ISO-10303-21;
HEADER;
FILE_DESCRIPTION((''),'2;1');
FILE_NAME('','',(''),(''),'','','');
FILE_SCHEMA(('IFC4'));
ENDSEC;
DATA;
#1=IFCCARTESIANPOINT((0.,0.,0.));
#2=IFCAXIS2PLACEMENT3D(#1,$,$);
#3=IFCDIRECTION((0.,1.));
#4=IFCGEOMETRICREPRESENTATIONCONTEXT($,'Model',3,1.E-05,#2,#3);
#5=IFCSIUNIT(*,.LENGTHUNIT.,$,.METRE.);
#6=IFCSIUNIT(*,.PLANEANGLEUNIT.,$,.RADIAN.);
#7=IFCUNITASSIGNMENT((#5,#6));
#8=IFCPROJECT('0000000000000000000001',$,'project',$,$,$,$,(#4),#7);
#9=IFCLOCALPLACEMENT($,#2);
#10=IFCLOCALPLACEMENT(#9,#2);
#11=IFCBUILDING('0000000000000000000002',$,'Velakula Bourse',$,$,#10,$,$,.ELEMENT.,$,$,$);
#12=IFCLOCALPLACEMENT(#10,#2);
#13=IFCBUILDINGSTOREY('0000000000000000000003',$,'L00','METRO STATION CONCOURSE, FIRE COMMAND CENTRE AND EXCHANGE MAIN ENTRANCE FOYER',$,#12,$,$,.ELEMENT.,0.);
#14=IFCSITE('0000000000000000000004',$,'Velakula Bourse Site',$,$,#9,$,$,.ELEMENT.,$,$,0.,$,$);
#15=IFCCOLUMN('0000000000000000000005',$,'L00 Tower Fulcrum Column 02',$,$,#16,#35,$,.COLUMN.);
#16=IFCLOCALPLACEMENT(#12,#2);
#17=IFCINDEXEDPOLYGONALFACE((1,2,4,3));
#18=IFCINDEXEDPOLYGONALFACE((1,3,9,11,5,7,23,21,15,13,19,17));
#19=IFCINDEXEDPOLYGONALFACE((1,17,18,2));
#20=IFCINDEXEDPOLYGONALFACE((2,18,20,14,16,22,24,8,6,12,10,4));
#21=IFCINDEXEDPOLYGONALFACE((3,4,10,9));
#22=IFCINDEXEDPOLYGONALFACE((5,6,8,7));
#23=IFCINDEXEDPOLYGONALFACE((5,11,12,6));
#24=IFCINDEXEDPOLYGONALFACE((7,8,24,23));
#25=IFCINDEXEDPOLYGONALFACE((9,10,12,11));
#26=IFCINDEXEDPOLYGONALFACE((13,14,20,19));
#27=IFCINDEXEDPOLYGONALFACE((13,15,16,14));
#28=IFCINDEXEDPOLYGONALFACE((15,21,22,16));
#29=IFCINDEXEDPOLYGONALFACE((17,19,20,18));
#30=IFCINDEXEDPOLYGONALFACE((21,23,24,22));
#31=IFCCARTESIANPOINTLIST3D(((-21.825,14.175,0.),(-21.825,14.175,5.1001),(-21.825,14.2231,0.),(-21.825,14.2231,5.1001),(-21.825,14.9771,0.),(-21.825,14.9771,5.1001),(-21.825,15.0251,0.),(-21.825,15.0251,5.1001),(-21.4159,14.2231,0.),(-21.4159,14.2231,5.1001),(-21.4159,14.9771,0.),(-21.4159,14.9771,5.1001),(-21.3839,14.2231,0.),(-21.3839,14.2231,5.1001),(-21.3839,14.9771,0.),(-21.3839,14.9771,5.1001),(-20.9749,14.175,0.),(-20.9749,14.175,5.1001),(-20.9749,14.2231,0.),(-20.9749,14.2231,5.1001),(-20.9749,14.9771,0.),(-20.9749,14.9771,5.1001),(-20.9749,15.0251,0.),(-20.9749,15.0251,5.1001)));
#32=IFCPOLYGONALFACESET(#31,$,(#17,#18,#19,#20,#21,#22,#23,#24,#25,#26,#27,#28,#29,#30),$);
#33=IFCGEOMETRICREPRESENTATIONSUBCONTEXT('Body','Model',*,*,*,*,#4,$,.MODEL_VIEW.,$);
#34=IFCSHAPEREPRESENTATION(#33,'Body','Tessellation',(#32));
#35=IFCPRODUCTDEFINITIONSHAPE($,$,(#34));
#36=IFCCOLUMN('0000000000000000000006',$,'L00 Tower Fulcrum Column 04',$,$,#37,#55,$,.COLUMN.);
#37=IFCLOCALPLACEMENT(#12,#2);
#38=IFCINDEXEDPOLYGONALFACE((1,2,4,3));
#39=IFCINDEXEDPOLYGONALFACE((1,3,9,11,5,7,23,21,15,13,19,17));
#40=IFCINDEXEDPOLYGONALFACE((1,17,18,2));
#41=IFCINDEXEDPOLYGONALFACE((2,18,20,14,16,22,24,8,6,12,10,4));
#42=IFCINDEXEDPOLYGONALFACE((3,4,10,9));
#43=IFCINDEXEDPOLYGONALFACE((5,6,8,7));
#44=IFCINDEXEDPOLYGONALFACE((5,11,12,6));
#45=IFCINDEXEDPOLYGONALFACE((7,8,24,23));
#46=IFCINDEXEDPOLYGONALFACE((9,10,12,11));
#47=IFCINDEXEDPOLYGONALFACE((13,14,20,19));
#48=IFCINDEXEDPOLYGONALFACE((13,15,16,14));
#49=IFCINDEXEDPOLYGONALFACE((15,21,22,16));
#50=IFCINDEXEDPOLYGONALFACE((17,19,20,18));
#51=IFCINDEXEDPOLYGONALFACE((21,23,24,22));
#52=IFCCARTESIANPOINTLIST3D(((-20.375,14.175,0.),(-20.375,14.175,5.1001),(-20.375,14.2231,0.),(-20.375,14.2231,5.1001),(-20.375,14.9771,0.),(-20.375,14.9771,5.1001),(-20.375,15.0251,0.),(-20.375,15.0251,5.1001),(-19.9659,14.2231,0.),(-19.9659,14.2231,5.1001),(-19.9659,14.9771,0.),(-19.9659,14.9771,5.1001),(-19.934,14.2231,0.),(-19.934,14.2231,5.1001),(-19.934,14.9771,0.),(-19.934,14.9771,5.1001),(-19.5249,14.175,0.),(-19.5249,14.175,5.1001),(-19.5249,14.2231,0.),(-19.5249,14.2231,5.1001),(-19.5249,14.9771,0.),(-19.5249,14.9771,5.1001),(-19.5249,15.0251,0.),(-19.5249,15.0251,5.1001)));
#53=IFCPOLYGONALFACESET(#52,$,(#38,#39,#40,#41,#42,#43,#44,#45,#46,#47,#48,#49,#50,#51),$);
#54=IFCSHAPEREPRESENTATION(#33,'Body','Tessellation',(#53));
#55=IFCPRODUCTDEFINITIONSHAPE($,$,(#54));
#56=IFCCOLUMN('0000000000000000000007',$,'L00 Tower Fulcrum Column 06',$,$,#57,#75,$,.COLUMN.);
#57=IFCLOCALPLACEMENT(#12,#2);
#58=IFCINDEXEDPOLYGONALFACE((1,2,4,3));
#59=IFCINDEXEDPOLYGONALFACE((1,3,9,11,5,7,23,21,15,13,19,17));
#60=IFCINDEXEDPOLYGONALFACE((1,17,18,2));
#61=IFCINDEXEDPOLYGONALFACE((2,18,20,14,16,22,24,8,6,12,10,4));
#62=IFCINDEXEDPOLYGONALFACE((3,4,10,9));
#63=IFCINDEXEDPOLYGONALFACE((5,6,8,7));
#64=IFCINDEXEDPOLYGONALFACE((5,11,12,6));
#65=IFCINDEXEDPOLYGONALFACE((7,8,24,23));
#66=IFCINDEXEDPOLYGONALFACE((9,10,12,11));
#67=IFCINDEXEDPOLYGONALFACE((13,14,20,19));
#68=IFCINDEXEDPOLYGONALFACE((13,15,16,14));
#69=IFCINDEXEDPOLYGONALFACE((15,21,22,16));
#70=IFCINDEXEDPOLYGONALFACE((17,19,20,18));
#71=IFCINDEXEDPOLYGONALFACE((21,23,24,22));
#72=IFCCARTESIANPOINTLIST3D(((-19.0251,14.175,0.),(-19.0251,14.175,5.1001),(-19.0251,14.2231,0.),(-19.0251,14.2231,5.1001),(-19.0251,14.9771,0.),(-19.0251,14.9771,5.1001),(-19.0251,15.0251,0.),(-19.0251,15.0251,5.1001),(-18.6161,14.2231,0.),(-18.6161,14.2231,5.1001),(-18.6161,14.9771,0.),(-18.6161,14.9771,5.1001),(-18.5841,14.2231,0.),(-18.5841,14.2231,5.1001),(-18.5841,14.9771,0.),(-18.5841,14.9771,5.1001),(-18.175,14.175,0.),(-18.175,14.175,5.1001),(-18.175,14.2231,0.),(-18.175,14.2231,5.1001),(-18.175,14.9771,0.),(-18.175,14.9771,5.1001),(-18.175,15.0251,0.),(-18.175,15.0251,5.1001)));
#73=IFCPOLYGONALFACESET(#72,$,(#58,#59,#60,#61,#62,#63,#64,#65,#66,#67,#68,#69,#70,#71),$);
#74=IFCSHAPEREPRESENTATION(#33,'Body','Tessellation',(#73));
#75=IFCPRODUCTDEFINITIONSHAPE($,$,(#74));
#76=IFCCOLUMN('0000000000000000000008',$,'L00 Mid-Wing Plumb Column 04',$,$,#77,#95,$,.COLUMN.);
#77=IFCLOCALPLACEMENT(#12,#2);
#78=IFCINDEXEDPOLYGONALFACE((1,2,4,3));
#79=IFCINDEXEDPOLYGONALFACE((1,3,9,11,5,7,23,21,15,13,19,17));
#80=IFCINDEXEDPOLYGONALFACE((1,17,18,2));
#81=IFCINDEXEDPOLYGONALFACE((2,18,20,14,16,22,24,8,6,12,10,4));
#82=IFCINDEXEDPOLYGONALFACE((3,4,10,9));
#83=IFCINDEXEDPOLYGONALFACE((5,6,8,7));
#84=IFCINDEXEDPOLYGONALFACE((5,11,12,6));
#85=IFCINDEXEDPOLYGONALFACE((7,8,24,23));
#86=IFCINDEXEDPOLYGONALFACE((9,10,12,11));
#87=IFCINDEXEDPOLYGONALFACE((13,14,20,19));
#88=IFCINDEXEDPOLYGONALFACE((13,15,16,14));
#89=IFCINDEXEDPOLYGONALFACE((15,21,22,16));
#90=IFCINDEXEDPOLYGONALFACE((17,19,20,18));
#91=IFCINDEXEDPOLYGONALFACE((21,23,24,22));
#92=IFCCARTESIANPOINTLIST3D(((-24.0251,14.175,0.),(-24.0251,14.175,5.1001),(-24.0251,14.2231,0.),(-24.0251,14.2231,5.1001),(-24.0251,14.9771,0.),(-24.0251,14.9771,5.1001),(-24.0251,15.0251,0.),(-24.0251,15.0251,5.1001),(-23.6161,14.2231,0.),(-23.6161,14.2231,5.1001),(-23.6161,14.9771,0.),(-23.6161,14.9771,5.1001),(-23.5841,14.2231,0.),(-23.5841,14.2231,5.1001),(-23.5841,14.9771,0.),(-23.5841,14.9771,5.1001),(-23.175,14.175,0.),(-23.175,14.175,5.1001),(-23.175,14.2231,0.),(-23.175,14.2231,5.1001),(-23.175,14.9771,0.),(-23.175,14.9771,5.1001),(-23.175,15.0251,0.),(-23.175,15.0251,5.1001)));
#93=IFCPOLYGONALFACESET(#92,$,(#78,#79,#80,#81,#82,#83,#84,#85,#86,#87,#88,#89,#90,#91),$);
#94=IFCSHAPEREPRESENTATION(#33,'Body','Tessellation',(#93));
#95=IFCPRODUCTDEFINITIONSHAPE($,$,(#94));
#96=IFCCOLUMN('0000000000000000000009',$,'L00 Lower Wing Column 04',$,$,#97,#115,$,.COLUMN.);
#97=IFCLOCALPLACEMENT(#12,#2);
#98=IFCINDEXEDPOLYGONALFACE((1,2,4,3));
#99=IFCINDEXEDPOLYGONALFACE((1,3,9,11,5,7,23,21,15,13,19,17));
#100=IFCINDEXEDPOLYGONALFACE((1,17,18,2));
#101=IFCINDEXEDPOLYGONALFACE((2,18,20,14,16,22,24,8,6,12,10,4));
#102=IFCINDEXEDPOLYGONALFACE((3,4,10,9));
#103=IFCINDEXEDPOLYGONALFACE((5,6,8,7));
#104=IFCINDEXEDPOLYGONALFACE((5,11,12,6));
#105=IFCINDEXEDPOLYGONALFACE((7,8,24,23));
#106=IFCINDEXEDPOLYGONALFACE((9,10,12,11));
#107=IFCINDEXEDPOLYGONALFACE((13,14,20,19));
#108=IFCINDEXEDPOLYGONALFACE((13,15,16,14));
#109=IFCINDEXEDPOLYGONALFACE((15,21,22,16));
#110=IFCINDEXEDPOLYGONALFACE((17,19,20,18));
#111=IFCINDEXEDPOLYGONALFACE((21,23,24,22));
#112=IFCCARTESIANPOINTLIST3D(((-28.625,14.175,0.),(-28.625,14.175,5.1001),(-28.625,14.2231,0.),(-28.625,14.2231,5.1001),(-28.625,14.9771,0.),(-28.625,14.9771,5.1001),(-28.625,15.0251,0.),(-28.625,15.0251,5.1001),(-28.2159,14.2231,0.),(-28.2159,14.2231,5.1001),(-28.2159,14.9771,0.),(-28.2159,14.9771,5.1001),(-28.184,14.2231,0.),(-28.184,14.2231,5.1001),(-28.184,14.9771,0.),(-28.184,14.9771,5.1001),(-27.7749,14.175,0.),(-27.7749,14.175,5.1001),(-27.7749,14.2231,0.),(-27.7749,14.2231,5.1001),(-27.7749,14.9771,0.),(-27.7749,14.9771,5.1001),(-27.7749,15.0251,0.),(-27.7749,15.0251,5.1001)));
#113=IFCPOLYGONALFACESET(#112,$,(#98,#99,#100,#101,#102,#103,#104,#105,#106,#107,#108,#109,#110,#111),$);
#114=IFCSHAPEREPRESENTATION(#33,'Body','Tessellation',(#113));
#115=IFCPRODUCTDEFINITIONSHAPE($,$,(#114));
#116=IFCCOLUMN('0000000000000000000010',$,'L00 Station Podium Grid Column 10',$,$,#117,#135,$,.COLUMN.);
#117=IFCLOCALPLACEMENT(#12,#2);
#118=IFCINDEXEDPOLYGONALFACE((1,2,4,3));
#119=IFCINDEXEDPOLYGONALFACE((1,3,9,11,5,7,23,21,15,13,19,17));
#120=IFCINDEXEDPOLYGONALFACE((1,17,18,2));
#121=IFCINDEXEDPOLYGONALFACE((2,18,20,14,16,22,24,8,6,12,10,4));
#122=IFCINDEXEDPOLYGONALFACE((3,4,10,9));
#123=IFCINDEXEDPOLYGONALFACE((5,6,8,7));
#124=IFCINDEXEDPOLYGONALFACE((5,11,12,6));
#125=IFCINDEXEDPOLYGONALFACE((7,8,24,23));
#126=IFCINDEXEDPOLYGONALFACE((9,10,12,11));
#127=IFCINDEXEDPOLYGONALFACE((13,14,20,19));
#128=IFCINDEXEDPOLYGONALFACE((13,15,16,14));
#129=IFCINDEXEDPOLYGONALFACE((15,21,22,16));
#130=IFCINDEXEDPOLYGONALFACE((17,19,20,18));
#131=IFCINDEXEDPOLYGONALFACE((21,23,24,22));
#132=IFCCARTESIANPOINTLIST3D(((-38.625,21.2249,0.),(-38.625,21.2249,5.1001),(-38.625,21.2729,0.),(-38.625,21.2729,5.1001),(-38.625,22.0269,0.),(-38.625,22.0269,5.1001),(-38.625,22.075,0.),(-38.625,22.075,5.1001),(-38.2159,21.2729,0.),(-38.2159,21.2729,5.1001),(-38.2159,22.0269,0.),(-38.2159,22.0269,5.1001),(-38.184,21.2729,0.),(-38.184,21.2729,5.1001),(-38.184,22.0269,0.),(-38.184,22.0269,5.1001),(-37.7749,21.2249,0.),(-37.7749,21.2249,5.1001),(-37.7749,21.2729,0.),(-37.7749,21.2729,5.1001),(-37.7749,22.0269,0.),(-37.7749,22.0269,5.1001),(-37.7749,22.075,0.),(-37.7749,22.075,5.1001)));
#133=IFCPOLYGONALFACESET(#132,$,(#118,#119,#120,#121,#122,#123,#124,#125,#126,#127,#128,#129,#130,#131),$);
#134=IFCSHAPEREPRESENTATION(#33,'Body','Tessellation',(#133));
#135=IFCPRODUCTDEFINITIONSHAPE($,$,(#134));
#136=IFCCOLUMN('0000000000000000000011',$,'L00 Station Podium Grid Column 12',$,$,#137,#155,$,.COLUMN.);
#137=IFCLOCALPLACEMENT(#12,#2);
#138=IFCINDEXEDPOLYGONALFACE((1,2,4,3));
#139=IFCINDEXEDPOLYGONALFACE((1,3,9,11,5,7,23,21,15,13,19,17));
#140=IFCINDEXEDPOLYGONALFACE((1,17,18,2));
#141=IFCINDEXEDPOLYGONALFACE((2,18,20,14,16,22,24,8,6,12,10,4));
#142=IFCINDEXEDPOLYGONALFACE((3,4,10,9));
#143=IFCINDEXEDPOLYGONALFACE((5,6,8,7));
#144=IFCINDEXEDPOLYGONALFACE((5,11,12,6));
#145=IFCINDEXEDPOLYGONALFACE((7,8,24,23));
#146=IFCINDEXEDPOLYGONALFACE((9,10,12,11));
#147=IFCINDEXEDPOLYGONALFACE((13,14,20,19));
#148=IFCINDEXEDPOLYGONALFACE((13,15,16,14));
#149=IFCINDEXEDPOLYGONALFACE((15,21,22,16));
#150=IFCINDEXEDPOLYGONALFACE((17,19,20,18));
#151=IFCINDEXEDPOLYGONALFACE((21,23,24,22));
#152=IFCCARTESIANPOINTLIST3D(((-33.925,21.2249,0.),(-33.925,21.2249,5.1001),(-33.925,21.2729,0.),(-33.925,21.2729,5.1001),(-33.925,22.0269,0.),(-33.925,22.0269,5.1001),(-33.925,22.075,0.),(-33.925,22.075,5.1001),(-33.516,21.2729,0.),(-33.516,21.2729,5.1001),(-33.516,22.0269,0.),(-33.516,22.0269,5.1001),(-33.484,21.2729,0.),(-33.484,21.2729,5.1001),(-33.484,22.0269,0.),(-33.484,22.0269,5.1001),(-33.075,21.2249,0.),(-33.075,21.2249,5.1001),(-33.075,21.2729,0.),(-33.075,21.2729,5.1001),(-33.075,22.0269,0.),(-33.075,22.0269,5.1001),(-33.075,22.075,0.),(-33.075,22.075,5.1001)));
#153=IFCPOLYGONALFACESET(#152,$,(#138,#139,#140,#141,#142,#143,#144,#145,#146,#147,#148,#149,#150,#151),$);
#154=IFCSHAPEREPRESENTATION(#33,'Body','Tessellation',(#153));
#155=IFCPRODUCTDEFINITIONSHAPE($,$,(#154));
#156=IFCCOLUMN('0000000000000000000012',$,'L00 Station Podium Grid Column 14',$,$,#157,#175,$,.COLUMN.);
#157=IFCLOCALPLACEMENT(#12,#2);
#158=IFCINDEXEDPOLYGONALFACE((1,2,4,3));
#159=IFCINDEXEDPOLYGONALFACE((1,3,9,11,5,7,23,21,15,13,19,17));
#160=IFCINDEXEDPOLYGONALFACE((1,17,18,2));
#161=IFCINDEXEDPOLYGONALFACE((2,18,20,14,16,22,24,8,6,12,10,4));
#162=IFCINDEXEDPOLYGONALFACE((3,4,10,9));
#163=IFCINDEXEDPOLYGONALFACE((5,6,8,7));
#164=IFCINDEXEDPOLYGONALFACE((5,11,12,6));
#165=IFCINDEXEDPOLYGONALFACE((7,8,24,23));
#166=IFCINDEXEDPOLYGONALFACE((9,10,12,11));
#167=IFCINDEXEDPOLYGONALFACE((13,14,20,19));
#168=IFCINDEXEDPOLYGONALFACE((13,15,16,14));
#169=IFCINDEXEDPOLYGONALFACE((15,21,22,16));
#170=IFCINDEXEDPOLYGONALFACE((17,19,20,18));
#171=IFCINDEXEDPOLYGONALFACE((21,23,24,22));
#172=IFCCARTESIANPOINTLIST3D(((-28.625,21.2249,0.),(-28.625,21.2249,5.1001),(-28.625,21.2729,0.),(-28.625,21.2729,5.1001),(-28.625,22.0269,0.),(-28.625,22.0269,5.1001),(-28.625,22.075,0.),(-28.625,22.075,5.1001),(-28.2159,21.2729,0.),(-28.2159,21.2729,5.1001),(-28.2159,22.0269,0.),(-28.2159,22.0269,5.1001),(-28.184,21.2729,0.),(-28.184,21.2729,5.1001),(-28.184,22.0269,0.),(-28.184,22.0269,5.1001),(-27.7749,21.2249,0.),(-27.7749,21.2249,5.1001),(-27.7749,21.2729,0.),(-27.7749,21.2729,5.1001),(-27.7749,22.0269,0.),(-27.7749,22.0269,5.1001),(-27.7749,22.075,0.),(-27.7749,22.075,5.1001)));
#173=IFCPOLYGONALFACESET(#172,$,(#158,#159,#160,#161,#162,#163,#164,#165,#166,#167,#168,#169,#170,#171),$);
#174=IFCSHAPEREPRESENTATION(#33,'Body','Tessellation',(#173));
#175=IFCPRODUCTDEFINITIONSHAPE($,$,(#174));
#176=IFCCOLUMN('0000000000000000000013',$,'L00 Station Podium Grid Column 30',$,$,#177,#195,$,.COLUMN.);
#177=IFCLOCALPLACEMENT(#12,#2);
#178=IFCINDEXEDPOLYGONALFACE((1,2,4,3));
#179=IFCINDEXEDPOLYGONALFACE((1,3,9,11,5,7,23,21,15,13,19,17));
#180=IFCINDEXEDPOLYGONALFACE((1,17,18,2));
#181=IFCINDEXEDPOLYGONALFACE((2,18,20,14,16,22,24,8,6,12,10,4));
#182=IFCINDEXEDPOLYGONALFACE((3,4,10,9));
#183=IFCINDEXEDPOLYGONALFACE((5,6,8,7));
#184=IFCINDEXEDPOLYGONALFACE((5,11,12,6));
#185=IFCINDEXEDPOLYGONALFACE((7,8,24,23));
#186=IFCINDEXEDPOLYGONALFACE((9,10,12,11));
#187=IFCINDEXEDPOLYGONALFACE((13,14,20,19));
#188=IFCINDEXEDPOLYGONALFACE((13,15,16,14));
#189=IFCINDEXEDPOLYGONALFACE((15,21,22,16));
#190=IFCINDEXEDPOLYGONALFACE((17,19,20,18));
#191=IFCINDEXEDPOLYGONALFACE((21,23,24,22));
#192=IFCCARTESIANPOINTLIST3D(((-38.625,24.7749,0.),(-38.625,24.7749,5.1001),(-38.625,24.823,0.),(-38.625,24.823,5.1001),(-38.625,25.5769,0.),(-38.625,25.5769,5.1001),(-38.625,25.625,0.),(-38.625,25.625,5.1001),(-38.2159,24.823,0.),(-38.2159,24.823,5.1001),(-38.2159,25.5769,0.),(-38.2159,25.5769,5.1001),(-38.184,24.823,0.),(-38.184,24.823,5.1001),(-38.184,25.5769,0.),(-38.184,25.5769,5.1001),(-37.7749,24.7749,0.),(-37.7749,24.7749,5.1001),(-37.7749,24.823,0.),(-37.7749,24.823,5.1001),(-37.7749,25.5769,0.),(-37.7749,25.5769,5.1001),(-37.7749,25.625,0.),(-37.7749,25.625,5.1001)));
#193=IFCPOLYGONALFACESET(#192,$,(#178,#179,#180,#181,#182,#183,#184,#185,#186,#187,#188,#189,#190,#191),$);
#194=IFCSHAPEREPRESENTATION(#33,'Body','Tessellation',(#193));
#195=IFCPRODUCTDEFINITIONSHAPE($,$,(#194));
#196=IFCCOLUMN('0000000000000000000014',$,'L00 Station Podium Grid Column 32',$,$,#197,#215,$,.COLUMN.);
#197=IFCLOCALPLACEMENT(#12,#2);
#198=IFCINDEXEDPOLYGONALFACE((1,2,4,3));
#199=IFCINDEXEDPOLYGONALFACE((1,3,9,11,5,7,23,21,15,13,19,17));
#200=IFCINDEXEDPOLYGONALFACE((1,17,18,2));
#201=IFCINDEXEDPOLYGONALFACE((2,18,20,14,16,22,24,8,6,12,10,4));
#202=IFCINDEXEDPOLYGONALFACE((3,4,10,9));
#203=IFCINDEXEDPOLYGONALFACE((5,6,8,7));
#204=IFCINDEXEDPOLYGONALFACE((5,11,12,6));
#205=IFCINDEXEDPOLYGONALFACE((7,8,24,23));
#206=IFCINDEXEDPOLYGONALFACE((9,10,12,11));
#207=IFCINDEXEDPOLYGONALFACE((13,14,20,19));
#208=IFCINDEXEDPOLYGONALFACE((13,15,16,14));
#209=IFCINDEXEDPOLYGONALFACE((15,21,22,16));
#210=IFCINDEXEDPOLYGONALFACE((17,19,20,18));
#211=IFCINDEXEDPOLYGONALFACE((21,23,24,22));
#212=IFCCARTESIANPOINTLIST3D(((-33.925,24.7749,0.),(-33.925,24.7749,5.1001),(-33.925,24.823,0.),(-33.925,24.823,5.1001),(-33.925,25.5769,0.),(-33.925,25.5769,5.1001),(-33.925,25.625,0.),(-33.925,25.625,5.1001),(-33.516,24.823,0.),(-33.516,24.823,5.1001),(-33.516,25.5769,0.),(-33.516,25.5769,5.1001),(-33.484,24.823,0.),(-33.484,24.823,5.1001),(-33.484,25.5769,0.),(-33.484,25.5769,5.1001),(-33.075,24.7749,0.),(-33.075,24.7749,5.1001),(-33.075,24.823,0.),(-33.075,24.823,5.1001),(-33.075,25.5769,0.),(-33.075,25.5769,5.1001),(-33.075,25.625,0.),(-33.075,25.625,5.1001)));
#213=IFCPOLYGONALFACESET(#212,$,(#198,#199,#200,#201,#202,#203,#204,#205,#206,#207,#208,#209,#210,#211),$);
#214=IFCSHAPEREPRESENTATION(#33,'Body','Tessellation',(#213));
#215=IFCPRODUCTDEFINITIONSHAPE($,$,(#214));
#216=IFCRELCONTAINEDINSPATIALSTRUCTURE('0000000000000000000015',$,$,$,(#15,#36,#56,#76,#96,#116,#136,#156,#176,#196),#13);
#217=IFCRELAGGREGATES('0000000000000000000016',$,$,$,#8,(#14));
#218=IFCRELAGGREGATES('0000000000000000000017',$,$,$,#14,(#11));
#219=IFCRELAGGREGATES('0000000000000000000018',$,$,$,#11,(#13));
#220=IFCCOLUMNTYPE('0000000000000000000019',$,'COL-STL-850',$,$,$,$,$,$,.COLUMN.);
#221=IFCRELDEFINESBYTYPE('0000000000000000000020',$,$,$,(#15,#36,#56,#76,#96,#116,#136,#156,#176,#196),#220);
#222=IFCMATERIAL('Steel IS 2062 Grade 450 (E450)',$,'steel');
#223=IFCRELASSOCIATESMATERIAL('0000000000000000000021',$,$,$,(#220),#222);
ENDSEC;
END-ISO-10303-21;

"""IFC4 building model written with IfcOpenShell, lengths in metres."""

from ifc_helpers import new_model, si_unit, direction, frame, origin, origin_2d, place, context, subcontext, project, spatial, i_section, extrude, material, material_profile, profile_set, type_object, element, save


model = new_model("IFC4")

# Units and contexts
model_context = context("Model", 3, precision=1e-05, world=origin(), true_north=direction((0.0, 1.0)))
body_context = subcontext(model_context, "Body", "Model", "MODEL_VIEW")
ifc_project = project(units=[si_unit("LENGTHUNIT", "METRE"), si_unit("PLANEANGLEUNIT", "RADIAN")], contexts=[model_context])

# Site, building, storey
site_placement = place(None, origin())
site = spatial("IfcSite", under=ifc_project, at=site_placement, Name="Velakula Bourse Site", CompositionType="ELEMENT", RefElevation=0.0)
building_placement = place(site_placement, origin())
building = spatial("IfcBuilding", under=site, at=building_placement, Name="Velakula Bourse", CompositionType="ELEMENT")
storey_placement = place(building_placement, origin())
storey = spatial("IfcBuildingStorey", under=building, at=storey_placement, Name="L00", Description="METRO STATION CONCOURSE, FIRE COMMAND CENTRE AND EXCHANGE MAIN ENTRANCE FOYER", CompositionType="ELEMENT", Elevation=0.0)

# Columns
ifc_material_1 = material(Name="Steel IS 2062 Grade 450 (E450)", Category="steel")
ifc_material_profile_1 = material_profile(ifc_material_1, i_section(OverallWidth=0.8501, OverallDepth=0.8501, WebThickness=0.032, FlangeThickness=0.0481, at=origin_2d()), Name="Steel IS 2062 Grade 450 (E450)")
ifc_profile_set_1 = profile_set([ifc_material_profile_1], Name="Steel IS 2062 Grade 450 (E450)")
column_type = type_object("IfcColumnType", Name="COL-STL-850", PredefinedType="COLUMN", material=ifc_profile_set_1)
for number, where, z_axis, x_axis, name in (
    (1, (-21.3999, 14.6001, 0.0), (0.0, 0.0, 1.0), (1.0, 0.0, 0.0), "L00 Tower Fulcrum Column 02"),
    (2, (-19.95, 14.6001, 0.0), (0.0, 0.0, 1.0), (1.0, 0.0, 0.0), "L00 Tower Fulcrum Column 04"),
    (3, (-18.6001, 14.6001, 0.0), (0.0, 0.0, 1.0), (1.0, 0.0, 0.0), "L00 Tower Fulcrum Column 06"),
    (4, (-23.6001, 14.6001, 0.0), (0.0, 0.0, 1.0), (1.0, 0.0, 0.0), "L00 Mid-Wing Plumb Column 04"),
    (5, (-28.2, 14.6001, 0.0), (0.0, 0.0, 1.0), (1.0, 0.0, 0.0), "L00 Lower Wing Column 04"),
    (6, (-38.2, 21.6499, 0.0), (0.0, 0.0, 1.0), (1.0, 0.0, 0.0), "L00 Station Podium Grid Column 10"),
    (7, (-33.5, 21.6499, 0.0), (0.0, 0.0, 1.0), (1.0, 0.0, 0.0), "L00 Station Podium Grid Column 12"),
    (8, (-28.2, 21.6499, 0.0), (0.0, 0.0, 1.0), (1.0, 0.0, 0.0), "L00 Station Podium Grid Column 14"),
    (9, (-38.2, 25.2, 0.0), (0.0, 0.0, 1.0), (1.0, 0.0, 0.0), "L00 Station Podium Grid Column 30"),
    (10, (-33.5, 25.2, 0.0), (0.0, 0.0, 1.0), (1.0, 0.0, 0.0), "L00 Station Podium Grid Column 32"),
):
    element("IfcColumn", number, at=place(storey_placement, frame(where, z_axis=z_axis, x_axis=x_axis)), inside=storey, type_object=column_type, Name=name, PredefinedType="COLUMN", context=body_context, shape_type="SweptSolid", body=[
        extrude(i_section(OverallWidth=0.8501, OverallDepth=0.8501, WebThickness=0.032, FlangeThickness=0.0481, at=origin_2d()), origin(), (0.0, 0.0, 1.0), 5.1001),
    ])

save(model, "model.ifc")
